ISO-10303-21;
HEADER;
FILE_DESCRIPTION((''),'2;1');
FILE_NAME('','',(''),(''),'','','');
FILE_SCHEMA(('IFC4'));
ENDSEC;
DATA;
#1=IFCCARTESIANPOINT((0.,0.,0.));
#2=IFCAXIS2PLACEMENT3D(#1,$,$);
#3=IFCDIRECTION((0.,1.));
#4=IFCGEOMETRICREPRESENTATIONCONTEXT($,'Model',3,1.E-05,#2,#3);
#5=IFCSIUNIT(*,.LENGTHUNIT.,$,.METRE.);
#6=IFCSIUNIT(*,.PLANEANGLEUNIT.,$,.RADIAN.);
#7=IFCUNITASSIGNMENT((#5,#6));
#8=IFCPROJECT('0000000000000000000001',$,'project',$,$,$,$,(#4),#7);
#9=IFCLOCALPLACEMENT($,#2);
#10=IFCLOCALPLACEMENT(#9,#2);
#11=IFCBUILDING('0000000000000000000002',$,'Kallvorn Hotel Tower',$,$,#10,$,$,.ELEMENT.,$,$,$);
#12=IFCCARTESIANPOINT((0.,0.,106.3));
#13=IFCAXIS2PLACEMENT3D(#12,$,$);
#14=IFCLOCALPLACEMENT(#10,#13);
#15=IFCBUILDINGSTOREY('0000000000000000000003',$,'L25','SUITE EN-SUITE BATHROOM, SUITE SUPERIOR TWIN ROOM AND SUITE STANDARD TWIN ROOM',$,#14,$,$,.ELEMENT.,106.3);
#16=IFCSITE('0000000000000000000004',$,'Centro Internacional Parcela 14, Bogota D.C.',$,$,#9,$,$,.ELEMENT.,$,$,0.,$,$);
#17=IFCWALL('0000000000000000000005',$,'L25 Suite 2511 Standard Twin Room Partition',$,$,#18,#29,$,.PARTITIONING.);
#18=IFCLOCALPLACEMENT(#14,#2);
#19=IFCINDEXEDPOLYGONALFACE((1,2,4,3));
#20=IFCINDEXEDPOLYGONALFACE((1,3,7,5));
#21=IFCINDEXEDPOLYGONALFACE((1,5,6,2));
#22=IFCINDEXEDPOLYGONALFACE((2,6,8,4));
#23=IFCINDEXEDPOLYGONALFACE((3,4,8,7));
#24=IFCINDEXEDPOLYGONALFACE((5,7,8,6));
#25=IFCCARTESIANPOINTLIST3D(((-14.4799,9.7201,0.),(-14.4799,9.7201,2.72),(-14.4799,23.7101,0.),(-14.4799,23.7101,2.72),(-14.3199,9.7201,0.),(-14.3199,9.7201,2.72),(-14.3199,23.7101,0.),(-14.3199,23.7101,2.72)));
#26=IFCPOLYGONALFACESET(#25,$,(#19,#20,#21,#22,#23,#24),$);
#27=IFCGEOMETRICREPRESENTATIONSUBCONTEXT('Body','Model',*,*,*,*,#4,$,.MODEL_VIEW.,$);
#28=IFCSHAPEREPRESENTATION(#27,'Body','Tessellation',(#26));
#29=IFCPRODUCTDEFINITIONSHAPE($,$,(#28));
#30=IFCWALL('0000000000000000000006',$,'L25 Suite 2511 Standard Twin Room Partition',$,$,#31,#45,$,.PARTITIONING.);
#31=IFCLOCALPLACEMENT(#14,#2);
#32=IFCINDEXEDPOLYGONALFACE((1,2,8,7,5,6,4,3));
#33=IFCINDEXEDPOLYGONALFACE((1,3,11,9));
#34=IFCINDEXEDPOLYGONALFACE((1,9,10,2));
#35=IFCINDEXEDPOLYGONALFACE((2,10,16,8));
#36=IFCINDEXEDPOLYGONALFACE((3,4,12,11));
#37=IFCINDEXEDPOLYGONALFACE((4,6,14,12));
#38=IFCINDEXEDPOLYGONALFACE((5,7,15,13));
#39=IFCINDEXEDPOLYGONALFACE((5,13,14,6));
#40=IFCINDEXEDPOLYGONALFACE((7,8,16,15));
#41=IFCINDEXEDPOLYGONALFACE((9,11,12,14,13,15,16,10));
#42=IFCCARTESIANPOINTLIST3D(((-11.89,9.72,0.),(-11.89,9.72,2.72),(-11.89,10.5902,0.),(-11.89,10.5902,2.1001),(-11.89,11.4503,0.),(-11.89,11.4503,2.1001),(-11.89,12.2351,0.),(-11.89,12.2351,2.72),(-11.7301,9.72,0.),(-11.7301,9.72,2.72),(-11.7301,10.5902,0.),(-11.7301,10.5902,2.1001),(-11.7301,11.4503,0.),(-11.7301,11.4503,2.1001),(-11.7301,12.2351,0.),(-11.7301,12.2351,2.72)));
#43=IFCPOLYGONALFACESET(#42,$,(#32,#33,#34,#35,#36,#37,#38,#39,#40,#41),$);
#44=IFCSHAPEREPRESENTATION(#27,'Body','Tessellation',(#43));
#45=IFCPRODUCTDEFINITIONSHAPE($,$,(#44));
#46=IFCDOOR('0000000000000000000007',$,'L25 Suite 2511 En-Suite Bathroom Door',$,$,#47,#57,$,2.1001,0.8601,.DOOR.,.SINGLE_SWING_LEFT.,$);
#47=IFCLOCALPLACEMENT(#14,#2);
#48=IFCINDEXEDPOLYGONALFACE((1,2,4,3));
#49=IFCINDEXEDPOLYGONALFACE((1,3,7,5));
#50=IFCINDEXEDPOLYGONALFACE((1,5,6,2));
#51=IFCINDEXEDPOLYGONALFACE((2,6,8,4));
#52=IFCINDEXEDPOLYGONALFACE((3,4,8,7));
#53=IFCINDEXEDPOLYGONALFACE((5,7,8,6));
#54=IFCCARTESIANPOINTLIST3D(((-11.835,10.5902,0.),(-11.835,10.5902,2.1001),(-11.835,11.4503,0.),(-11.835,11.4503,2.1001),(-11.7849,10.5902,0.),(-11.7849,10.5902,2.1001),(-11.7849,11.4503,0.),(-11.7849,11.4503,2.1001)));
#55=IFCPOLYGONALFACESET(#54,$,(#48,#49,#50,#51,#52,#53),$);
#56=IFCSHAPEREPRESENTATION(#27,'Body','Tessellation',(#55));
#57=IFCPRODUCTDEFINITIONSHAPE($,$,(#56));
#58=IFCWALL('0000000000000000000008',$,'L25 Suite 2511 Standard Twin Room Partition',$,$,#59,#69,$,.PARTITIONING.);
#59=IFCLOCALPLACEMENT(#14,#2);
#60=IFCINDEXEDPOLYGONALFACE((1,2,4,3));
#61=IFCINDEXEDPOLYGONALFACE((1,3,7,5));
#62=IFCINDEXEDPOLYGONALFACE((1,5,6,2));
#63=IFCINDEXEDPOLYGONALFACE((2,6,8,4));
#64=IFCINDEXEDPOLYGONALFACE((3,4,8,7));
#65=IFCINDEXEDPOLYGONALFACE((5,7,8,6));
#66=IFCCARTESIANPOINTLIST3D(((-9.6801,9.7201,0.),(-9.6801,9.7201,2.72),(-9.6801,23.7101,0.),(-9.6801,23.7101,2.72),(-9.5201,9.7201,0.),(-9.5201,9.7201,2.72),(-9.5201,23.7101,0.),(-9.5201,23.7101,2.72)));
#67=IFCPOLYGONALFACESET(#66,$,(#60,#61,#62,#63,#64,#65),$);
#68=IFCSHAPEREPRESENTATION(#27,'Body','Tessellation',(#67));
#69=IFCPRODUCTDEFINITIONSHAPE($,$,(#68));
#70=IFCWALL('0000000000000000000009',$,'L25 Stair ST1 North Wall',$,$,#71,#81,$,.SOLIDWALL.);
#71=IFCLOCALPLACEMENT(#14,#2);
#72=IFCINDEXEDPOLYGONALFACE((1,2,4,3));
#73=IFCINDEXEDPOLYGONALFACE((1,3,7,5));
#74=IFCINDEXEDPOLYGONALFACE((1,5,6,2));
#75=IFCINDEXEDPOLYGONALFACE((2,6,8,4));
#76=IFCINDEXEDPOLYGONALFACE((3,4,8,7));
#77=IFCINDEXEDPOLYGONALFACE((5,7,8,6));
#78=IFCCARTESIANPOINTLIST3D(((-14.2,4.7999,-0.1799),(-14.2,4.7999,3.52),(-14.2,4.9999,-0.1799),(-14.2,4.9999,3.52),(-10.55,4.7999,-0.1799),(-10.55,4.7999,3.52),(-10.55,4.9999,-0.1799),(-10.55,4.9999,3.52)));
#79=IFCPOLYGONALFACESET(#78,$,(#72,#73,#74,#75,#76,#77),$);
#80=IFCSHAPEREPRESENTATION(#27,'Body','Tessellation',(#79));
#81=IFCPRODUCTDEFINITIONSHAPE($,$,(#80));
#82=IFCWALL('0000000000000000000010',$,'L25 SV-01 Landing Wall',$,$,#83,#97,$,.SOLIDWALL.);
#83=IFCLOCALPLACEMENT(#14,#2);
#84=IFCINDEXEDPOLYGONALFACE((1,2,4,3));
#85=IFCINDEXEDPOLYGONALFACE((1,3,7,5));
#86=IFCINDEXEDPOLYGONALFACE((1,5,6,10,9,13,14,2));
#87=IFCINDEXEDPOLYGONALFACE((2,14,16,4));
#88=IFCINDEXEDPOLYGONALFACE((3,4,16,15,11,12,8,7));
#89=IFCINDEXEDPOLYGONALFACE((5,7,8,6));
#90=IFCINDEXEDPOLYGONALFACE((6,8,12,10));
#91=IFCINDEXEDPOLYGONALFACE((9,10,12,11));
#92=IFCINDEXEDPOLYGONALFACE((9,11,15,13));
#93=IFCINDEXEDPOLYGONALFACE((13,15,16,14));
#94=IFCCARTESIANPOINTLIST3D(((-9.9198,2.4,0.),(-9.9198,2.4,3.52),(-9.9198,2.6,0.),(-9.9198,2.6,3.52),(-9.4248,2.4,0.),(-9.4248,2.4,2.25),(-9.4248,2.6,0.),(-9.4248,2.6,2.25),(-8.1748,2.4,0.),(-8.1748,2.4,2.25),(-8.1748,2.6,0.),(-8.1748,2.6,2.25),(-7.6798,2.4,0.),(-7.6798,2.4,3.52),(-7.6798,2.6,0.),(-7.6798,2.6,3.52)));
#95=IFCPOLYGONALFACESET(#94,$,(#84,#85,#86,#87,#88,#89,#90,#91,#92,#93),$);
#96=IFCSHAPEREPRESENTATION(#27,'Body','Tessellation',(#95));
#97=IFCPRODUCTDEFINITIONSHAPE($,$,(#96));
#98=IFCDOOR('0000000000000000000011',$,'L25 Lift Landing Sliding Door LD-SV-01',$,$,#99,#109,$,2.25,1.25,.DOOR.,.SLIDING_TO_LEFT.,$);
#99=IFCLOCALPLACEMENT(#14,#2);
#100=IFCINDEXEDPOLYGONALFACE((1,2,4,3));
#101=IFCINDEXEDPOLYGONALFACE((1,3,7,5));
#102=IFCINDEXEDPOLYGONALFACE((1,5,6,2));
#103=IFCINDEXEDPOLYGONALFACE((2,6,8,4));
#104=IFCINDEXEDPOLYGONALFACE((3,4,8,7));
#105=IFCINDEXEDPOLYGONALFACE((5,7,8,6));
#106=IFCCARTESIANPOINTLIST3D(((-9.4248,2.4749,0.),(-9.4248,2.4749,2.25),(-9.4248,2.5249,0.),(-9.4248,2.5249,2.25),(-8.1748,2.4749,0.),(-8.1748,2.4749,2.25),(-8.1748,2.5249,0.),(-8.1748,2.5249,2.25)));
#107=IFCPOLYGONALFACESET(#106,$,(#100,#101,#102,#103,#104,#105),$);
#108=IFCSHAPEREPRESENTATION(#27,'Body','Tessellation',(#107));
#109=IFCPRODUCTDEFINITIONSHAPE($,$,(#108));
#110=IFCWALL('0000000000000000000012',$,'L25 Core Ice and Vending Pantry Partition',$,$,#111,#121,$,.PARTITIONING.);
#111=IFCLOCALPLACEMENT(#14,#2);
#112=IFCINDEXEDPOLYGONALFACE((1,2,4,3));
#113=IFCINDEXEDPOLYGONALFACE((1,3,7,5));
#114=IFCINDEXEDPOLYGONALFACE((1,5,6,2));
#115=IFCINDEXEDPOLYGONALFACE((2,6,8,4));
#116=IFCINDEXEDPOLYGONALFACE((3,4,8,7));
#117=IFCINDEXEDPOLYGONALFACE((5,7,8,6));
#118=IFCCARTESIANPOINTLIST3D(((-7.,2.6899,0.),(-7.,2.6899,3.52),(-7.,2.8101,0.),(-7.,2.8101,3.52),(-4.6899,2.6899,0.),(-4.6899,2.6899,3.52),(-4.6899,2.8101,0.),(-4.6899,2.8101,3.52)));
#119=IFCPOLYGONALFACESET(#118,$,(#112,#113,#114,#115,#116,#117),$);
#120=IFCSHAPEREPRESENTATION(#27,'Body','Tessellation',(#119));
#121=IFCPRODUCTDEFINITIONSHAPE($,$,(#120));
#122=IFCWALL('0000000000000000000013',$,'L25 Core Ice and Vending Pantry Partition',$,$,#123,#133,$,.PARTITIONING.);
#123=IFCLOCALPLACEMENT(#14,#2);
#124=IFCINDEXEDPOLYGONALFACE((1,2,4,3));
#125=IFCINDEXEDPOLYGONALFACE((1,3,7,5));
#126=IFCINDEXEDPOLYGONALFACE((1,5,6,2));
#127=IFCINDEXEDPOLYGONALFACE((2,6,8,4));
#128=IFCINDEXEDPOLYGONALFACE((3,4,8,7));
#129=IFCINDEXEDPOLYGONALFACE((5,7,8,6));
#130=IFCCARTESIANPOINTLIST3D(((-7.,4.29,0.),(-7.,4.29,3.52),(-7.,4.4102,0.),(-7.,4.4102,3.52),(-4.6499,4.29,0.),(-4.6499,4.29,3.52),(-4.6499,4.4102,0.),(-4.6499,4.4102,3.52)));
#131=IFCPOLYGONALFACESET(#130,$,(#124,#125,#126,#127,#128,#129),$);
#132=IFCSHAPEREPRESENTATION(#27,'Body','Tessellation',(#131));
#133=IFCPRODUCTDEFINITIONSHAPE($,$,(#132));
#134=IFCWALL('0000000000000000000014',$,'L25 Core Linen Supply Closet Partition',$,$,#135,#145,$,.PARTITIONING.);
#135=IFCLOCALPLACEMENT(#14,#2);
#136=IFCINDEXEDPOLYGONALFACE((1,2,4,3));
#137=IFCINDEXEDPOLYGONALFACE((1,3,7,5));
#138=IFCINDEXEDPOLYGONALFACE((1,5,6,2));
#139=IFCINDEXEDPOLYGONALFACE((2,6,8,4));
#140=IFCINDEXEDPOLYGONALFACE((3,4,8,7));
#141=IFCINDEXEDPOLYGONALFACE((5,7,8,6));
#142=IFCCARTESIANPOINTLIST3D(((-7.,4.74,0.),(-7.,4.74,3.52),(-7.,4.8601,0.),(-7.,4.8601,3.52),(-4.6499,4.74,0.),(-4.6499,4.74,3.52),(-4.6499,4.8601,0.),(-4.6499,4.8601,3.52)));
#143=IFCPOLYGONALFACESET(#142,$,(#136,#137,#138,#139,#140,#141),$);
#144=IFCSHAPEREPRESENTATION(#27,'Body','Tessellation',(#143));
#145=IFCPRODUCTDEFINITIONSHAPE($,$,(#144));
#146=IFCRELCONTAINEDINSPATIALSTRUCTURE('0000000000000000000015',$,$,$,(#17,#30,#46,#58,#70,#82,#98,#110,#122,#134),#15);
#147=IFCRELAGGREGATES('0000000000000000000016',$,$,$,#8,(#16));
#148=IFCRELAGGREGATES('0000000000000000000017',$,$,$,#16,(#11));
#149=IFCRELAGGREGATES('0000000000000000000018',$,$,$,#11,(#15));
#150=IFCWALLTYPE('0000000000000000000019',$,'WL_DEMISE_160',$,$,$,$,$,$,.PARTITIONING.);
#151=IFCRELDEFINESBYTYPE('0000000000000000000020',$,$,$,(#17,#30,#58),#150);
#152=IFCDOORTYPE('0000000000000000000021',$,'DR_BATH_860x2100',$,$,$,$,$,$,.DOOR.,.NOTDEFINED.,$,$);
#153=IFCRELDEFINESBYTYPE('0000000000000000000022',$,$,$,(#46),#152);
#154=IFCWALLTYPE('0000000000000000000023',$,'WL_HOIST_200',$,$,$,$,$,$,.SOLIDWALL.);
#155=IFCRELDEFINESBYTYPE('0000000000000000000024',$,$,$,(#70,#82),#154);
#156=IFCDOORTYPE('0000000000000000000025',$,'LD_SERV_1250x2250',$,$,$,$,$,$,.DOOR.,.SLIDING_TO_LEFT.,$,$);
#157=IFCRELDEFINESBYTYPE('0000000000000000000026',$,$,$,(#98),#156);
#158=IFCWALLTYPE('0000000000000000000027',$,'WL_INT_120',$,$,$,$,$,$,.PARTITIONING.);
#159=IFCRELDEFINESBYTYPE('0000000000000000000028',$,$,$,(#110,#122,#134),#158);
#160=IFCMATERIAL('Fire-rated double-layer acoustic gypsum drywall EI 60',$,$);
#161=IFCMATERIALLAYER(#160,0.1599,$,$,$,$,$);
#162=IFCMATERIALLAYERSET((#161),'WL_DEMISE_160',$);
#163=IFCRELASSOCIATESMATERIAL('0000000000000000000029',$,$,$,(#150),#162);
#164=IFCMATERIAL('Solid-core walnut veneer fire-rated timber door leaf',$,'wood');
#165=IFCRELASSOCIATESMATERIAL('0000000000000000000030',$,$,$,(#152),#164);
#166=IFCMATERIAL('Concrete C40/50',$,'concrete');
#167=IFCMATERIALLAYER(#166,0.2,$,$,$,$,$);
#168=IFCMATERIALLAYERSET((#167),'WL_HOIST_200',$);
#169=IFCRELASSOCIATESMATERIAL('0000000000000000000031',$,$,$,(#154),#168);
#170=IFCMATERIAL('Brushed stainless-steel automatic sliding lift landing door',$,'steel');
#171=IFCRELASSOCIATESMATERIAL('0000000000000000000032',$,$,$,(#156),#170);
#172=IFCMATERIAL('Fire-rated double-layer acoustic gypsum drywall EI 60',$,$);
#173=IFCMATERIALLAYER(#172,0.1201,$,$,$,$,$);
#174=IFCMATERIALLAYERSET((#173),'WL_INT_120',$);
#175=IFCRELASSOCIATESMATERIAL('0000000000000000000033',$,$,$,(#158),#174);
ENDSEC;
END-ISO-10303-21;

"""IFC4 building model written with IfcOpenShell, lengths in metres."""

from ifc_helpers import new_model, si_unit, direction, frame, frame_2d, origin, place, context, subcontext, project, spatial, rectangle, extrude, material, layer, layer_set, type_object, element, fill, save


model = new_model("IFC4")

# Units and contexts
model_context = context("Model", 3, precision=1e-05, world=origin(), true_north=direction((0.0, 1.0)))
body_context = subcontext(model_context, "Body", "Model", "MODEL_VIEW")
ifc_project = project(units=[si_unit("LENGTHUNIT", "METRE"), si_unit("PLANEANGLEUNIT", "RADIAN")], contexts=[model_context])

# Site, building, storey
site_placement = place(None, origin())
site = spatial("IfcSite", under=ifc_project, at=site_placement, Name="Centro Internacional Parcela 14, Bogota D.C.", CompositionType="ELEMENT", RefElevation=0.0)
building_placement = place(site_placement, origin())
building = spatial("IfcBuilding", under=site, at=building_placement, Name="Kallvorn Hotel Tower", CompositionType="ELEMENT")
storey_placement = place(building_placement, frame((0.0, 0.0, 106.3)))
storey = spatial("IfcBuildingStorey", under=building, at=storey_placement, Name="L25", Description="SUITE EN-SUITE BATHROOM, SUITE SUPERIOR TWIN ROOM AND SUITE STANDARD TWIN ROOM", CompositionType="ELEMENT", Elevation=106.3)

# Wall
ifc_material_1 = material(Name="Fire-rated double-layer acoustic gypsum drywall EI 60")
ifc_layer_1 = layer(ifc_material_1, 0.1599)
ifc_layer_set_1 = layer_set([ifc_layer_1], Name="WL_DEMISE_160")
wall_type_1 = type_object("IfcWallType", Name="WL_DEMISE_160", PredefinedType="PARTITIONING", material=ifc_layer_set_1)
wall_1_placement = place(storey_placement, frame((-14.3999, 9.72, 0.0), z_axis=(0.0, 0.0, 1.0), x_axis=(0.0, 1.0, 0.0)))
element("IfcWall", 1, at=wall_1_placement, inside=storey, type_object=wall_type_1, Name="L25 Suite 2511 Standard Twin Room Partition", PredefinedType="PARTITIONING", context=body_context, shape_type="SweptSolid", body=[
    extrude(rectangle(XDim=13.99, YDim=0.1599, at=frame_2d((6.9951, 0.0))), origin(), (0.0, 0.0, 1.0), 2.72),
])

# Wall, opening, door
wall_2_placement = place(storey_placement, frame((-11.8101, 9.72, 0.0), z_axis=(0.0, 0.0, 1.0), x_axis=(0.0, 1.0, 0.0)))
wall_2 = element("IfcWall", 2, at=wall_2_placement, inside=storey, type_object=wall_type_1, Name="L25 Suite 2511 Standard Twin Room Partition", PredefinedType="PARTITIONING", context=body_context, shape_type="SweptSolid", body=[
    extrude(rectangle(XDim=2.5151, YDim=0.1599, at=frame_2d((1.2576, 0.0))), origin(), (0.0, 0.0, 1.0), 2.72),
])
opening_1_placement = place(wall_2_placement, frame((0.8701, 0.0, 0.0)))
opening_1 = element("IfcOpeningElement", 3, at=opening_1_placement, cuts=wall_2, PredefinedType="OPENING", context=body_context, shape_type="SweptSolid", body=[
    extrude(rectangle(XDim=0.8601, YDim=2.1001, at=frame_2d((0.4302, 1.05))), frame((0.0, 0.095, 0.0), z_axis=(0.0, -1.0, 0.0), x_axis=(1.0, 0.0, 0.0)), (0.0, 0.0, 1.0), 0.1899),
])
ifc_material_2 = material(Name="Solid-core walnut veneer fire-rated timber door leaf", Category="wood")
door_type_1 = type_object("IfcDoorType", Name="DR_BATH_860x2100", OperationType="NOTDEFINED", PredefinedType="DOOR", material=ifc_material_2)
door_1_placement = place(opening_1_placement, origin())
door_1 = element("IfcDoor", 4, at=door_1_placement, inside=storey, type_object=door_type_1, Name="L25 Suite 2511 En-Suite Bathroom Door", OperationType="SINGLE_SWING_LEFT", OverallHeight=2.1001, OverallWidth=0.8601, PredefinedType="DOOR", context=body_context, shape_type="SweptSolid", body=[
    extrude(rectangle(XDim=0.8601, YDim=2.1001, at=frame_2d((0.4302, 1.05))), frame((0.0, 0.0249, 0.0), z_axis=(0.0, -1.0, 0.0), x_axis=(1.0, 0.0, 0.0)), (0.0, 0.0, 1.0), 0.05),
])
fill(opening_1, door_1)

# Walls
wall_3_placement = place(storey_placement, frame((-9.6001, 9.72, 0.0), z_axis=(0.0, 0.0, 1.0), x_axis=(0.0, 1.0, 0.0)))
element("IfcWall", 5, at=wall_3_placement, inside=storey, type_object=wall_type_1, Name="L25 Suite 2511 Standard Twin Room Partition", PredefinedType="PARTITIONING", context=body_context, shape_type="SweptSolid", body=[
    extrude(rectangle(XDim=13.99, YDim=0.1599, at=frame_2d((6.9951, 0.0))), origin(), (0.0, 0.0, 1.0), 2.72),
])
ifc_material_3 = material(Name="Concrete C40/50", Category="concrete")
ifc_layer_2 = layer(ifc_material_3, 0.2)
ifc_layer_set_2 = layer_set([ifc_layer_2], Name="WL_HOIST_200")
wall_type_2 = type_object("IfcWallType", Name="WL_HOIST_200", PredefinedType="SOLIDWALL", material=ifc_layer_set_2)
wall_4_placement = place(storey_placement, frame((-14.2, 4.8999, -0.1799), z_axis=(0.0, 0.0, 1.0), x_axis=(1.0, 0.0, 0.0)))
element("IfcWall", 6, at=wall_4_placement, inside=storey, type_object=wall_type_2, Name="L25 Stair ST1 North Wall", PredefinedType="SOLIDWALL", context=body_context, shape_type="SweptSolid", body=[
    extrude(rectangle(XDim=3.6499, YDim=0.2, at=frame_2d((1.825, 0.0))), origin(), (0.0, 0.0, 1.0), 3.7),
])

# Wall, opening, door
wall_5_placement = place(storey_placement, frame((-9.9199, 2.5, 0.0), z_axis=(0.0, 0.0, 1.0), x_axis=(1.0, 0.0, 0.0)))
wall_5 = element("IfcWall", 7, at=wall_5_placement, inside=storey, type_object=wall_type_2, Name="L25 SV-01 Landing Wall", PredefinedType="SOLIDWALL", context=body_context, shape_type="SweptSolid", body=[
    extrude(rectangle(XDim=2.24, YDim=0.2, at=frame_2d((1.1201, 0.0))), origin(), (0.0, 0.0, 1.0), 3.52),
])
opening_2_placement = place(wall_5_placement, frame((0.4951, 0.0, 0.0)))
opening_2 = element("IfcOpeningElement", 8, at=opening_2_placement, cuts=wall_5, PredefinedType="OPENING", context=body_context, shape_type="SweptSolid", body=[
    extrude(rectangle(XDim=1.25, YDim=2.25, at=frame_2d((0.625, 1.125))), frame((0.0, 0.115, 0.0), z_axis=(0.0, -1.0, 0.0), x_axis=(1.0, 0.0, 0.0)), (0.0, 0.0, 1.0), 0.23),
])
ifc_material_4 = material(Name="Brushed stainless-steel automatic sliding lift landing door", Category="steel")
door_type_2 = type_object("IfcDoorType", Name="LD_SERV_1250x2250", OperationType="SLIDING_TO_LEFT", PredefinedType="DOOR", material=ifc_material_4)
door_2_placement = place(opening_2_placement, origin())
door_2 = element("IfcDoor", 9, at=door_2_placement, inside=storey, type_object=door_type_2, Name="L25 Lift Landing Sliding Door LD-SV-01", OperationType="SLIDING_TO_LEFT", OverallHeight=2.25, OverallWidth=1.25, PredefinedType="DOOR", context=body_context, shape_type="SweptSolid", body=[
    extrude(rectangle(XDim=1.25, YDim=2.25, at=frame_2d((0.625, 1.125))), frame((0.0, 0.0249, 0.0), z_axis=(0.0, -1.0, 0.0), x_axis=(1.0, 0.0, 0.0)), (0.0, 0.0, 1.0), 0.05),
])
fill(opening_2, door_2)

# Walls
ifc_material_5 = material(Name="Fire-rated double-layer acoustic gypsum drywall EI 60")
ifc_layer_3 = layer(ifc_material_5, 0.1201)
ifc_layer_set_3 = layer_set([ifc_layer_3], Name="WL_INT_120")
wall_type_3 = type_object("IfcWallType", Name="WL_INT_120", PredefinedType="PARTITIONING", material=ifc_layer_set_3)
wall_6_placement = place(storey_placement, frame((-7.0, 2.75, 0.0), z_axis=(0.0, 0.0, 1.0), x_axis=(1.0, 0.0, 0.0)))
element("IfcWall", 10, at=wall_6_placement, inside=storey, type_object=wall_type_3, Name="L25 Core Ice and Vending Pantry Partition", PredefinedType="PARTITIONING", context=body_context, shape_type="SweptSolid", body=[
    extrude(rectangle(XDim=2.3101, YDim=0.1201, at=frame_2d((1.155, 0.0))), origin(), (0.0, 0.0, 1.0), 3.52),
])
for number, where, z_axis, x_axis, name in (
    (11, (-7.0, 4.3501, 0.0), (0.0, 0.0, 1.0), (1.0, 0.0, 0.0), "L25 Core Ice and Vending Pantry Partition"),
    (12, (-7.0, 4.8, 0.0), (0.0, 0.0, 1.0), (1.0, 0.0, 0.0), "L25 Core Linen Supply Closet Partition"),
):
    element("IfcWall", number, at=place(storey_placement, frame(where, z_axis=z_axis, x_axis=x_axis)), inside=storey, type_object=wall_type_3, Name=name, PredefinedType="PARTITIONING", context=body_context, shape_type="SweptSolid", body=[
        extrude(rectangle(XDim=2.3501, YDim=0.1201, at=frame_2d((1.175, 0.0))), origin(), (0.0, 0.0, 1.0), 3.52),
    ])

save(model, "model.ifc")
